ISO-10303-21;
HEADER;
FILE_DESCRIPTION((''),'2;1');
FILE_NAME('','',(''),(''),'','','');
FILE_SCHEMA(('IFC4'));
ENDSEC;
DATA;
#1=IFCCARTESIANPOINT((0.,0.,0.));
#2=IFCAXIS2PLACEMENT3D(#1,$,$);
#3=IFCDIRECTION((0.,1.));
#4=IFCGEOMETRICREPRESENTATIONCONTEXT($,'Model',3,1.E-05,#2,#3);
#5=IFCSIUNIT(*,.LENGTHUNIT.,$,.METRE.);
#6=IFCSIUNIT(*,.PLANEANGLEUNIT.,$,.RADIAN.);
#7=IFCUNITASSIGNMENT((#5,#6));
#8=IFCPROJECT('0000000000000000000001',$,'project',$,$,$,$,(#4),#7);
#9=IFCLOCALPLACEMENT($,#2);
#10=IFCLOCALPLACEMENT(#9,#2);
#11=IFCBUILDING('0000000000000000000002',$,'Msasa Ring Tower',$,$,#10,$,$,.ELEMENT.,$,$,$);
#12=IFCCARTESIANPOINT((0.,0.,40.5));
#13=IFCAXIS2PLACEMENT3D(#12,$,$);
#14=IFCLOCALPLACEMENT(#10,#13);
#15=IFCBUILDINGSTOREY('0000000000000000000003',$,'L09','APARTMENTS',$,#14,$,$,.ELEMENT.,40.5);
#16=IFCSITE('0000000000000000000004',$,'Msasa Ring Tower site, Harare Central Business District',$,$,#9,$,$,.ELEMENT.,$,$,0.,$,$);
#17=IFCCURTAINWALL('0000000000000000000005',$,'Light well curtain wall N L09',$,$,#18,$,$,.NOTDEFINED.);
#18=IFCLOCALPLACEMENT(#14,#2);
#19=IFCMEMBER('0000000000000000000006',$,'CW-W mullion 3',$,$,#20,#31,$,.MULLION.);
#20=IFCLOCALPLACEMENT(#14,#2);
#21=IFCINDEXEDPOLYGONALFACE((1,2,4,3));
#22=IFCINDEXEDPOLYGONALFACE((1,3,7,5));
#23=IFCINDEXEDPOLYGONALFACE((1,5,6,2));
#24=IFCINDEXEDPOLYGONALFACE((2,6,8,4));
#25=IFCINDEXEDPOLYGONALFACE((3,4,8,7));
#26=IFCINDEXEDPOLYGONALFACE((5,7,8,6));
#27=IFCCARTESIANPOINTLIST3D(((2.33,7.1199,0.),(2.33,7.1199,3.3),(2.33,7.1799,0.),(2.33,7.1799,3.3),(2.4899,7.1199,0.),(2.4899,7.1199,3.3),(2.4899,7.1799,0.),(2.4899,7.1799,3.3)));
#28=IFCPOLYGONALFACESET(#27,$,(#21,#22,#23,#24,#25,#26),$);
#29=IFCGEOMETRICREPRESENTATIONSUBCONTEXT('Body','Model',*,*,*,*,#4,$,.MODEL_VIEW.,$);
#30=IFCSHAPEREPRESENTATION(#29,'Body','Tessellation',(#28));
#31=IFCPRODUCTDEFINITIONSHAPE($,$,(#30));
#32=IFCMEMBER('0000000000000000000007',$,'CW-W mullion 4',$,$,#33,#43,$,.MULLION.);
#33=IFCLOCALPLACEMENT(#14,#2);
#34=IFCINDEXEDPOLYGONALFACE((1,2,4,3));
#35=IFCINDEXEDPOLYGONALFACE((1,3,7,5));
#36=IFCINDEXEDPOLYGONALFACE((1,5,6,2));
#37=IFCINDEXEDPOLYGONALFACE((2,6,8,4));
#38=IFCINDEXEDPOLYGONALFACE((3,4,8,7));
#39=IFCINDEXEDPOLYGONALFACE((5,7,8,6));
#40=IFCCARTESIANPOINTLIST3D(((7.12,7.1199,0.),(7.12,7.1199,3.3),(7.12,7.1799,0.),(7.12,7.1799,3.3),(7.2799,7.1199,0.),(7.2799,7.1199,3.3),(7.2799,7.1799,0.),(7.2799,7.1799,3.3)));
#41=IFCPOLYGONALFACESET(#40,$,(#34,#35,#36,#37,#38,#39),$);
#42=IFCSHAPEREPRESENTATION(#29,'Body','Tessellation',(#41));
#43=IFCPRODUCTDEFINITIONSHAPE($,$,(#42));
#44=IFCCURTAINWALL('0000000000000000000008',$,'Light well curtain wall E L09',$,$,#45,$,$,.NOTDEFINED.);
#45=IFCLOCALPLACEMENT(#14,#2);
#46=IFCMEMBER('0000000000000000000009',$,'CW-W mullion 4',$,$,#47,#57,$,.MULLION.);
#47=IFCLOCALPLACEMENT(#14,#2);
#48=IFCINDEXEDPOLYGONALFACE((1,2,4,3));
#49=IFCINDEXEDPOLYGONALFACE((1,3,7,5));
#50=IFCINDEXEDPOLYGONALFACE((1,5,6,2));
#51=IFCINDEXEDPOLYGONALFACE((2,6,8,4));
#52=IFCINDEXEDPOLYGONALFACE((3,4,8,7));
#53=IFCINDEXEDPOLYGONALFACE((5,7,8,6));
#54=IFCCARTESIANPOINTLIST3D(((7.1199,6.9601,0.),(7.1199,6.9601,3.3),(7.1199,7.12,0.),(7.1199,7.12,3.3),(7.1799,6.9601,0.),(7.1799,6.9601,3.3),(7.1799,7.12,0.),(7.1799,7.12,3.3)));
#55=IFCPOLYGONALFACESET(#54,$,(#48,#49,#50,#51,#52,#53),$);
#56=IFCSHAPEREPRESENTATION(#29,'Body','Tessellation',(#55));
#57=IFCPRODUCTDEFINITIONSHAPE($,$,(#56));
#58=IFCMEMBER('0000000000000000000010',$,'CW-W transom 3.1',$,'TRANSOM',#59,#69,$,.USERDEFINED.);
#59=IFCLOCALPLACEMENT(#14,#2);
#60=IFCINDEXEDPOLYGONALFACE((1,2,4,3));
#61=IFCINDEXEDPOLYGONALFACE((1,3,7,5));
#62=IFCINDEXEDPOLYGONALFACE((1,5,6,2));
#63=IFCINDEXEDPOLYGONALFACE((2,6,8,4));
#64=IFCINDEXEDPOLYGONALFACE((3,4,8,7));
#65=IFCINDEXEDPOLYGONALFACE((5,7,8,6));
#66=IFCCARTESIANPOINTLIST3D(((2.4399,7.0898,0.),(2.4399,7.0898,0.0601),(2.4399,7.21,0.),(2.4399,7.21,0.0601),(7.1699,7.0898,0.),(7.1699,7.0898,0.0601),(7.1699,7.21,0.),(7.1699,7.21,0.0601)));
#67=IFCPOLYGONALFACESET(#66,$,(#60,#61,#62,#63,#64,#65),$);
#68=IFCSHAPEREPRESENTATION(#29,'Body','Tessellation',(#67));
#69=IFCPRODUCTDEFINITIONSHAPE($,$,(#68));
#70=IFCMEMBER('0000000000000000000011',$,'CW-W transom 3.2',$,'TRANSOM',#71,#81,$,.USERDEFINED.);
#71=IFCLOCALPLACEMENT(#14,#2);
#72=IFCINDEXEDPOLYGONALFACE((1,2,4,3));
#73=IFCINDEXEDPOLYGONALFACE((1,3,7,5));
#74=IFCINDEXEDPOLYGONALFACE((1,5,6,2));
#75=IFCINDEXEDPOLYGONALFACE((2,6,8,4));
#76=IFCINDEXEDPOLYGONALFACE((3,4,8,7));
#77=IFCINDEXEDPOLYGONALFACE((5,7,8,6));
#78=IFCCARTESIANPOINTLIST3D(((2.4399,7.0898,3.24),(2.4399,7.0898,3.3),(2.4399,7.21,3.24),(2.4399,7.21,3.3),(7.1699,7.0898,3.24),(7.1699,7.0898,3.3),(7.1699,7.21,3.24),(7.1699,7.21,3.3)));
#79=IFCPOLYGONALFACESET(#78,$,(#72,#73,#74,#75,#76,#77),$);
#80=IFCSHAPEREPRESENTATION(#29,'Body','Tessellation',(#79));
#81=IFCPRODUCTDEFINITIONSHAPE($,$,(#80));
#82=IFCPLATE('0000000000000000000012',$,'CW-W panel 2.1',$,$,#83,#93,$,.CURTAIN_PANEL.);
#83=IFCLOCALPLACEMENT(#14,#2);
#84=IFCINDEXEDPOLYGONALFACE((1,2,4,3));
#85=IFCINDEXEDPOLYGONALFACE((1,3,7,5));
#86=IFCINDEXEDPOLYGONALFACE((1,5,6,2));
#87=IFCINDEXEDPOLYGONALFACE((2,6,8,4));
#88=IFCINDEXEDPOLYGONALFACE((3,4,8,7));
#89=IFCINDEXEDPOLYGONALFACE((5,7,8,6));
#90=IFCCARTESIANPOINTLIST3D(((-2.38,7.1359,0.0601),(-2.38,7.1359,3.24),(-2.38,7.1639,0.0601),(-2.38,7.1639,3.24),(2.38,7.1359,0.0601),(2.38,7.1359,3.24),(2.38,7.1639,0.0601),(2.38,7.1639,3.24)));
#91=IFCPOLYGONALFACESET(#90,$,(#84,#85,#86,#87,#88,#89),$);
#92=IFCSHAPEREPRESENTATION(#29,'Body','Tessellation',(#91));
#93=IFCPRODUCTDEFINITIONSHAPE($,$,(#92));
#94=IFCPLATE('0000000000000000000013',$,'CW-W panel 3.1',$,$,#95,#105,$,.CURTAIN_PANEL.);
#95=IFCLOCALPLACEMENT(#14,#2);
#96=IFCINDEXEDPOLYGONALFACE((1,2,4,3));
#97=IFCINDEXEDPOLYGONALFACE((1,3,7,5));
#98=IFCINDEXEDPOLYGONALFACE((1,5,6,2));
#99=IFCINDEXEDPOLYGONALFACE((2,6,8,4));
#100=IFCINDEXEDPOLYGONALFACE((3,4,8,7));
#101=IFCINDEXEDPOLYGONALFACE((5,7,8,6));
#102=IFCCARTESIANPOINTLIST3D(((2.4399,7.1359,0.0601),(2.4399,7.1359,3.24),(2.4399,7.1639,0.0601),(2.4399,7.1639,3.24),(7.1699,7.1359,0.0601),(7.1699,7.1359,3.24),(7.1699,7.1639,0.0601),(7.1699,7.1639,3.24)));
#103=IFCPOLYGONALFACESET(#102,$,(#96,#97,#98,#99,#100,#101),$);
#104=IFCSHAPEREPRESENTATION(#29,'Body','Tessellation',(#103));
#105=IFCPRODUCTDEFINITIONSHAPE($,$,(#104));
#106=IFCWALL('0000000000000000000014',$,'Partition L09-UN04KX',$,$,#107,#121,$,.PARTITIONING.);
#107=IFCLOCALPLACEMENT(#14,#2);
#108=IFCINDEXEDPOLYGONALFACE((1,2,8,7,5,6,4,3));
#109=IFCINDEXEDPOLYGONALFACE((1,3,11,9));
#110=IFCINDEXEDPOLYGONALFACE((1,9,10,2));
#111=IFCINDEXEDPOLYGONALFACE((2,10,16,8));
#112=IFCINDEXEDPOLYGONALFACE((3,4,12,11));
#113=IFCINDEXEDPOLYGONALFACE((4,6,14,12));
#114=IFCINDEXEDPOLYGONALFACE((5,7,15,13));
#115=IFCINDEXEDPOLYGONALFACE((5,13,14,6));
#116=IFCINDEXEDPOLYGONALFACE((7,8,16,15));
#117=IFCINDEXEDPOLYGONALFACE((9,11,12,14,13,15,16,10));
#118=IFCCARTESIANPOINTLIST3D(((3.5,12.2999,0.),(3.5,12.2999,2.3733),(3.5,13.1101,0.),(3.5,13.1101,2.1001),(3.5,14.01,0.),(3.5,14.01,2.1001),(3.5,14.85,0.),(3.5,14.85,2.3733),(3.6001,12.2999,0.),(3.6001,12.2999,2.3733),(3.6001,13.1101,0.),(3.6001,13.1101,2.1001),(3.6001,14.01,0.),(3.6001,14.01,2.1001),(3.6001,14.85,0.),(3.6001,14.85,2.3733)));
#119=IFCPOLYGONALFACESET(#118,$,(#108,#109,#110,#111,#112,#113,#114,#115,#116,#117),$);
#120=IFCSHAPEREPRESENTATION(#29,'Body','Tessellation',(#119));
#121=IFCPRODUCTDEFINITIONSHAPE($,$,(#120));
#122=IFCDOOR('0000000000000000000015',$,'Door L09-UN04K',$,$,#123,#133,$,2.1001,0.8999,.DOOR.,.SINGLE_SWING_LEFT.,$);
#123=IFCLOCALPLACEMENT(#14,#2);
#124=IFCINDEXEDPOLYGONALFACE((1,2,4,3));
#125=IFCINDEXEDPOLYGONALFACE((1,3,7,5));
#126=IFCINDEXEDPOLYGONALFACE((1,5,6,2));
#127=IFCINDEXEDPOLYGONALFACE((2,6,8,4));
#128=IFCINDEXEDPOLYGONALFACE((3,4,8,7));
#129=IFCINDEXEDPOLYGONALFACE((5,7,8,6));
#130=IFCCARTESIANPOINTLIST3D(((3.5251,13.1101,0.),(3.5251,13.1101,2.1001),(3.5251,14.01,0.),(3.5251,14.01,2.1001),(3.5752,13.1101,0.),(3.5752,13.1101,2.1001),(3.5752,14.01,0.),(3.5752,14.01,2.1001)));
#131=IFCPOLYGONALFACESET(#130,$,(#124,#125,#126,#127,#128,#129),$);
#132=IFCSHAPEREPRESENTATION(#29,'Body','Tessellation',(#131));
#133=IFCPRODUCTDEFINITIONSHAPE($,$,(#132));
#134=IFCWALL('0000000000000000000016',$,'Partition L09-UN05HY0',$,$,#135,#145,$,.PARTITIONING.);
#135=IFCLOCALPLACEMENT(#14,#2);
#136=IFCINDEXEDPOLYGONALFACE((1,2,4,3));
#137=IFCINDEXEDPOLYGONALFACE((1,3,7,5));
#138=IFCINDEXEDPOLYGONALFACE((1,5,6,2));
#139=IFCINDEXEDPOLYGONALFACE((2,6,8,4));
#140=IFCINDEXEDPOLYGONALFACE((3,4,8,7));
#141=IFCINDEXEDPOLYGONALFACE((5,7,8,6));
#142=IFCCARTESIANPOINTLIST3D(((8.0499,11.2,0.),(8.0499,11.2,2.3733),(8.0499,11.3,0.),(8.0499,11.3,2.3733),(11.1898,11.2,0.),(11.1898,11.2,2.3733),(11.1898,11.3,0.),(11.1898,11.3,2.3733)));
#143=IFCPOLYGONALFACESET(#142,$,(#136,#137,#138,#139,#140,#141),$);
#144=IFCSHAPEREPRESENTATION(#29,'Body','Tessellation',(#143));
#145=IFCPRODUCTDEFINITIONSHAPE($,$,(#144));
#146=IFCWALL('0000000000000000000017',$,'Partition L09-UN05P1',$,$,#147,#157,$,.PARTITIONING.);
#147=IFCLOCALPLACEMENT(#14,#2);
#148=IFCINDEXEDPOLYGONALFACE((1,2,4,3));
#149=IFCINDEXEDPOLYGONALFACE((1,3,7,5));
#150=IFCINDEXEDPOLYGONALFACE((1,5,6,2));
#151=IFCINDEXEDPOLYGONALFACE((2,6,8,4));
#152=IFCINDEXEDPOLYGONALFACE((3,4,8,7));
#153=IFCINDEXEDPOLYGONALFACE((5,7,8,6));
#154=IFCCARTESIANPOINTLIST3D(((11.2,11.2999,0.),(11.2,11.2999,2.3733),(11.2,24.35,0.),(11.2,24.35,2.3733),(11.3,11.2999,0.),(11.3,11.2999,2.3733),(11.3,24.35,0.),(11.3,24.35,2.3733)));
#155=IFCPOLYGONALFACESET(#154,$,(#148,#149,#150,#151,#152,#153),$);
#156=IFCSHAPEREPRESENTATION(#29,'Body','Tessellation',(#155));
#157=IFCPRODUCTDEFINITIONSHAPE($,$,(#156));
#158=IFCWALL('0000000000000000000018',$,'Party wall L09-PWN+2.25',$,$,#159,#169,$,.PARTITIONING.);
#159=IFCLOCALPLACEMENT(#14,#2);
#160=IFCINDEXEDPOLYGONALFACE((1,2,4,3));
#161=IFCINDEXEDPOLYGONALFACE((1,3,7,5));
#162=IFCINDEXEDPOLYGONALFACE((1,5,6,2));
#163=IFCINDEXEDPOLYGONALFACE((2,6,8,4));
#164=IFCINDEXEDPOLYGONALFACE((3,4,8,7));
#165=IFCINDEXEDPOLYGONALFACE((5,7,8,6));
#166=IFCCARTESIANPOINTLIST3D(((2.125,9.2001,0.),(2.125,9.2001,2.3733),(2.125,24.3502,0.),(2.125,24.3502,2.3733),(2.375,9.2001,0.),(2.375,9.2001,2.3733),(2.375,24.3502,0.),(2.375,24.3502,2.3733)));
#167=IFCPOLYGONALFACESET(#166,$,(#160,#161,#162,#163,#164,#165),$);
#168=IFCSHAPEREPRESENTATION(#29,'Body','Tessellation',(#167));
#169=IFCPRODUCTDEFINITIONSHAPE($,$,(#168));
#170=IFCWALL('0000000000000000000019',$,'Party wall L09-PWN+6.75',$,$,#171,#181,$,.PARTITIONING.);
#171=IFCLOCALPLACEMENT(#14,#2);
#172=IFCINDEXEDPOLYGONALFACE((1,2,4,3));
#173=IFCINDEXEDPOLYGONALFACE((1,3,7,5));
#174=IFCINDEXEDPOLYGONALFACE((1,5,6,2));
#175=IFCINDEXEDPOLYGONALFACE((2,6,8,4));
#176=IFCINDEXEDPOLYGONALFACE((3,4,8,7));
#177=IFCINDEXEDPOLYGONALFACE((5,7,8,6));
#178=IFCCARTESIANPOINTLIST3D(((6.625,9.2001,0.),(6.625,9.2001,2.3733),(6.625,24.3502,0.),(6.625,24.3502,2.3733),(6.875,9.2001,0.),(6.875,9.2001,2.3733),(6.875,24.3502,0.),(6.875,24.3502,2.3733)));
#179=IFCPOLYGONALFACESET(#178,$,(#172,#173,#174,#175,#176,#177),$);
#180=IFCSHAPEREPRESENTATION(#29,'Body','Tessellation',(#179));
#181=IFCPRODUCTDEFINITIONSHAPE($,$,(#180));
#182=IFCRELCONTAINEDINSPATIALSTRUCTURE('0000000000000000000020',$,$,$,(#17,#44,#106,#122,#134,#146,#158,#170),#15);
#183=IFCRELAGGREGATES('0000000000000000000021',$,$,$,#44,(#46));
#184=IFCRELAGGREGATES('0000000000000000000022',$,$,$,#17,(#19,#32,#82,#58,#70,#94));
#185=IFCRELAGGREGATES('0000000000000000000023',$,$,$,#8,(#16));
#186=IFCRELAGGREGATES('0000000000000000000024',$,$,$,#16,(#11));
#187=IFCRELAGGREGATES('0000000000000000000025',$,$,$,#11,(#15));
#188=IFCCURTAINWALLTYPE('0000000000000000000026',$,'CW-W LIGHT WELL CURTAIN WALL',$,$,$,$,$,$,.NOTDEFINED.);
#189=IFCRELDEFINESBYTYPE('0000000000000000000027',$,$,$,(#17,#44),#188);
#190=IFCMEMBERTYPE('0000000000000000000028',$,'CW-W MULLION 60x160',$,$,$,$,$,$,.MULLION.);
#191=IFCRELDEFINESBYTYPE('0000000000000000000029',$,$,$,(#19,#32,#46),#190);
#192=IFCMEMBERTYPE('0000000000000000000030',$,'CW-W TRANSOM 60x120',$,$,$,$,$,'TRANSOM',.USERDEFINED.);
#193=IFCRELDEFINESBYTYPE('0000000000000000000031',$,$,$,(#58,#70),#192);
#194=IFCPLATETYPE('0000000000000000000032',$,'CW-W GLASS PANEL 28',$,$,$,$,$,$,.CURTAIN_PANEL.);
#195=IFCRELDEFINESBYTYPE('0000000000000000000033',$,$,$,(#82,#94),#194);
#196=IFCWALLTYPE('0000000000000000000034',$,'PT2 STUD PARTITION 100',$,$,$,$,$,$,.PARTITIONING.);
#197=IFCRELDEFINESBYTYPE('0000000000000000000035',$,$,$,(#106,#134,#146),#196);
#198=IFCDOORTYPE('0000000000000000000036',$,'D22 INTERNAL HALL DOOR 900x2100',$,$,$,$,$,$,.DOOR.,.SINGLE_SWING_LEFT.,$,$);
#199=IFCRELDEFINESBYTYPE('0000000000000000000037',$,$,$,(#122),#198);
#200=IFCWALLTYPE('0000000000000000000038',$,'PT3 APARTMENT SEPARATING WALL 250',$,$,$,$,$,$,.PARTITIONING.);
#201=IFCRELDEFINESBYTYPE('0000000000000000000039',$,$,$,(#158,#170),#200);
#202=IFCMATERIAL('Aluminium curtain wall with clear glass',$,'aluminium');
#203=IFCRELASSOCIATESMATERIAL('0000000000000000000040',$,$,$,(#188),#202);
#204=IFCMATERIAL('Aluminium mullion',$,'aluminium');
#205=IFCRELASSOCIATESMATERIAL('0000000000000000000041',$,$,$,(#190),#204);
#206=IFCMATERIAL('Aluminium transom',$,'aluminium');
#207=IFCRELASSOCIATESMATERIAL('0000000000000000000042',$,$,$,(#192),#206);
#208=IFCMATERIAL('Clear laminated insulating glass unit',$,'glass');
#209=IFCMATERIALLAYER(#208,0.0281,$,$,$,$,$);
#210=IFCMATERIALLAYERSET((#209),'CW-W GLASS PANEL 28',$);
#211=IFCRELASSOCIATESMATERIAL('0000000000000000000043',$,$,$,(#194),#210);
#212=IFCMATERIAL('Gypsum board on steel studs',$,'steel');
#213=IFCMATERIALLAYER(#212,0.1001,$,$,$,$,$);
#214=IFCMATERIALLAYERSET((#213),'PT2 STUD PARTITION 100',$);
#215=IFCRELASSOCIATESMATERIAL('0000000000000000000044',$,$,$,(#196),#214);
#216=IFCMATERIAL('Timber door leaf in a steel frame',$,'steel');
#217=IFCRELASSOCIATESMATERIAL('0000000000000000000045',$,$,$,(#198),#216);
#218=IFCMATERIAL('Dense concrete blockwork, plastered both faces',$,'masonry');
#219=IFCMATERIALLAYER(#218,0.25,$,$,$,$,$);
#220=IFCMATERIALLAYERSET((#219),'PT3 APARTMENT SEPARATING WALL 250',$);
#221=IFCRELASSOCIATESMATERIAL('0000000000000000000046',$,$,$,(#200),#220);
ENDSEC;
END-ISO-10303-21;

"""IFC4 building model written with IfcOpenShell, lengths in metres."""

from ifc_helpers import new_model, si_unit, direction, frame, frame_2d, origin, origin_2d, place, context, subcontext, project, spatial, rectangle, extrude, material, layer, layer_set, material_profile, profile_set, type_object, element, fill, aggregate, save


model = new_model("IFC4")

# Units and contexts
model_context = context("Model", 3, precision=1e-05, world=origin(), true_north=direction((0.0, 1.0)))
body_context = subcontext(model_context, "Body", "Model", "MODEL_VIEW")
ifc_project = project(units=[si_unit("LENGTHUNIT", "METRE"), si_unit("PLANEANGLEUNIT", "RADIAN")], contexts=[model_context])

# Site, building, storey
site_placement = place(None, origin())
site = spatial("IfcSite", under=ifc_project, at=site_placement, Name="Msasa Ring Tower site, Harare Central Business District", CompositionType="ELEMENT", RefElevation=0.0)
building_placement = place(site_placement, origin())
building = spatial("IfcBuilding", under=site, at=building_placement, Name="Msasa Ring Tower", CompositionType="ELEMENT")
storey_placement = place(building_placement, frame((0.0, 0.0, 40.5)))
storey = spatial("IfcBuildingStorey", under=building, at=storey_placement, Name="L09", Description="APARTMENTS", CompositionType="ELEMENT", Elevation=40.5)

# Curtain wall, members
ifc_material_1 = material(Name="Aluminium curtain wall with clear glass", Category="aluminium")
curtain_wall_type = type_object("IfcCurtainWallType", Name="CW-W LIGHT WELL CURTAIN WALL", PredefinedType="NOTDEFINED", material=ifc_material_1)
curtain_wall_1_placement = place(storey_placement, origin())
curtain_wall_1 = element("IfcCurtainWall", 1, at=curtain_wall_1_placement, inside=storey, type_object=curtain_wall_type, Name="Light well curtain wall N L09", PredefinedType="NOTDEFINED")
ifc_material_2 = material(Name="Aluminium mullion", Category="aluminium")
ifc_material_profile_1 = material_profile(ifc_material_2, rectangle(XDim=0.0601, YDim=0.1599, at=origin_2d()), Name="AL 60x160")
ifc_profile_set_1 = profile_set([ifc_material_profile_1], Name="Aluminium mullion")
member_type_1 = type_object("IfcMemberType", Name="CW-W MULLION 60x160", PredefinedType="MULLION", material=ifc_profile_set_1)
member_1_placement = place(storey_placement, frame((2.4099, 7.1499, 0.0), z_axis=(0.0, 0.0, 1.0), x_axis=(0.0, 1.0, 0.0)))
member_1 = element("IfcMember", 2, at=member_1_placement, type_object=member_type_1, Name="CW-W mullion 3", PredefinedType="MULLION", context=body_context, shape_type="SweptSolid", body=[
    extrude(rectangle(XDim=0.0601, YDim=0.1599, at=origin_2d()), origin(), (0.0, 0.0, 1.0), 3.3),
])
member_2_placement = place(storey_placement, frame((7.2, 7.1499, 0.0), z_axis=(0.0, 0.0, 1.0), x_axis=(0.0, 1.0, 0.0)))
member_2 = element("IfcMember", 3, at=member_2_placement, type_object=member_type_1, Name="CW-W mullion 4", PredefinedType="MULLION", context=body_context, shape_type="SweptSolid", body=[
    extrude(rectangle(XDim=0.0601, YDim=0.1599, at=origin_2d()), origin(), (0.0, 0.0, 1.0), 3.3),
])

# Curtain wall, member
curtain_wall_2_placement = place(storey_placement, origin())
curtain_wall_2 = element("IfcCurtainWall", 4, at=curtain_wall_2_placement, inside=storey, type_object=curtain_wall_type, Name="Light well curtain wall E L09", PredefinedType="NOTDEFINED")
member_3_placement = place(storey_placement, frame((7.1499, 7.04, 0.0), z_axis=(0.0, 0.0, 1.0), x_axis=(-1.0, 0.0, 0.0)))
member_3 = element("IfcMember", 5, at=member_3_placement, type_object=member_type_1, Name="CW-W mullion 4", PredefinedType="MULLION", context=body_context, shape_type="SweptSolid", body=[
    extrude(rectangle(XDim=0.0601, YDim=0.1599, at=origin_2d()), origin(), (0.0, 0.0, 1.0), 3.3),
])
aggregate(curtain_wall_2, [member_3])

# Members
ifc_material_3 = material(Name="Aluminium transom", Category="aluminium")
ifc_material_profile_2 = material_profile(ifc_material_3, rectangle(XDim=0.1201, YDim=0.0601, at=origin_2d()), Name="AL 60x120")
ifc_profile_set_2 = profile_set([ifc_material_profile_2], Name="Aluminium transom")
member_type_2 = type_object("IfcMemberType", Name="CW-W TRANSOM 60x120", ElementType="TRANSOM", PredefinedType="USERDEFINED", material=ifc_profile_set_2)
member_4_placement = place(storey_placement, frame((2.4399, 7.1499, 0.03), z_axis=(1.0, 0.0, 0.0), x_axis=(0.0, 1.0, 0.0)))
member_4 = element("IfcMember", 6, at=member_4_placement, type_object=member_type_2, Name="CW-W transom 3.1", ObjectType="TRANSOM", PredefinedType="USERDEFINED", context=body_context, shape_type="SweptSolid", body=[
    extrude(rectangle(XDim=0.1201, YDim=0.0601, at=origin_2d()), origin(), (0.0, 0.0, 1.0), 4.73),
])
member_5_placement = place(storey_placement, frame((2.4399, 7.1499, 3.27), z_axis=(1.0, 0.0, 0.0), x_axis=(0.0, 1.0, 0.0)))
member_5 = element("IfcMember", 7, at=member_5_placement, type_object=member_type_2, Name="CW-W transom 3.2", ObjectType="TRANSOM", PredefinedType="USERDEFINED", context=body_context, shape_type="SweptSolid", body=[
    extrude(rectangle(XDim=0.1201, YDim=0.0601, at=origin_2d()), origin(), (0.0, 0.0, 1.0), 4.73),
])

# Plates
ifc_material_4 = material(Name="Clear laminated insulating glass unit", Category="glass")
ifc_layer_1 = layer(ifc_material_4, 0.0281)
ifc_layer_set_1 = layer_set([ifc_layer_1], Name="CW-W GLASS PANEL 28")
plate_type = type_object("IfcPlateType", Name="CW-W GLASS PANEL 28", PredefinedType="CURTAIN_PANEL", material=ifc_layer_set_1)
plate_1_placement = place(storey_placement, frame((0.0, 7.1499, 0.0601), z_axis=(0.0, 0.0, 1.0), x_axis=(1.0, 0.0, 0.0)))
plate_1 = element("IfcPlate", 8, at=plate_1_placement, type_object=plate_type, Name="CW-W panel 2.1", PredefinedType="CURTAIN_PANEL", context=body_context, shape_type="SweptSolid", body=[
    extrude(rectangle(XDim=4.76, YDim=0.0281, at=origin_2d()), origin(), (0.0, 0.0, 1.0), 3.1799),
])
plate_2_placement = place(storey_placement, frame((4.8049, 7.1499, 0.0601), z_axis=(0.0, 0.0, 1.0), x_axis=(1.0, 0.0, 0.0)))
plate_2 = element("IfcPlate", 9, at=plate_2_placement, type_object=plate_type, Name="CW-W panel 3.1", PredefinedType="CURTAIN_PANEL", context=body_context, shape_type="SweptSolid", body=[
    extrude(rectangle(XDim=4.73, YDim=0.0281, at=origin_2d()), origin(), (0.0, 0.0, 1.0), 3.1799),
])
aggregate(curtain_wall_1, [member_1, member_2, plate_1, member_4, member_5, plate_2])

# Wall, opening, door
ifc_material_5 = material(Name="Gypsum board on steel studs", Category="steel")
ifc_layer_2 = layer(ifc_material_5, 0.1001)
ifc_layer_set_2 = layer_set([ifc_layer_2], Name="PT2 STUD PARTITION 100")
wall_type_1 = type_object("IfcWallType", Name="PT2 STUD PARTITION 100", PredefinedType="PARTITIONING", material=ifc_layer_set_2)
wall_1_placement = place(storey_placement, frame((3.55, 12.3, 0.0), z_axis=(0.0, 0.0, 1.0), x_axis=(0.0, 1.0, 0.0)))
wall_1 = element("IfcWall", 10, at=wall_1_placement, inside=storey, type_object=wall_type_1, Name="Partition L09-UN04KX", PredefinedType="PARTITIONING", context=body_context, shape_type="SweptSolid", body=[
    extrude(rectangle(XDim=2.55, YDim=0.1001, at=frame_2d((1.2749, 0.0))), origin(), (0.0, 0.0, 1.0), 2.3733),
])
opening_1_placement = place(wall_1_placement, frame((0.8101, 0.0, 0.0)))
opening_1 = element("IfcOpeningElement", 11, at=opening_1_placement, cuts=wall_1, PredefinedType="OPENING", context=body_context, shape_type="SweptSolid", body=[
    extrude(rectangle(XDim=0.8999, YDim=2.1001, at=frame_2d((0.45, 1.05))), frame((0.0, 0.0601, 0.0), z_axis=(0.0, -1.0, 0.0), x_axis=(1.0, 0.0, 0.0)), (0.0, 0.0, 1.0), 0.1201),
])
ifc_material_6 = material(Name="Timber door leaf in a steel frame", Category="steel")
door_type_1 = type_object("IfcDoorType", Name="D22 INTERNAL HALL DOOR 900x2100", OperationType="SINGLE_SWING_LEFT", PredefinedType="DOOR", material=ifc_material_6)
door_1_placement = place(opening_1_placement, origin())
door_1 = element("IfcDoor", 12, at=door_1_placement, inside=storey, type_object=door_type_1, Name="Door L09-UN04K", OperationType="SINGLE_SWING_LEFT", OverallHeight=2.1001, OverallWidth=0.8999, PredefinedType="DOOR", context=body_context, shape_type="SweptSolid", body=[
    extrude(rectangle(XDim=0.8999, YDim=2.1001, at=frame_2d((0.45, 1.05))), frame((0.0, 0.0249, 0.0), z_axis=(0.0, -1.0, 0.0), x_axis=(1.0, 0.0, 0.0)), (0.0, 0.0, 1.0), 0.05),
])
fill(opening_1, door_1)

# Walls
wall_2_placement = place(storey_placement, frame((8.05, 11.25, 0.0), z_axis=(0.0, 0.0, 1.0), x_axis=(1.0, 0.0, 0.0)))
element("IfcWall", 13, at=wall_2_placement, inside=storey, type_object=wall_type_1, Name="Partition L09-UN05HY0", PredefinedType="PARTITIONING", context=body_context, shape_type="SweptSolid", body=[
    extrude(rectangle(XDim=3.1399, YDim=0.1001, at=frame_2d((1.5698, 0.0))), origin(), (0.0, 0.0, 1.0), 2.3733),
])
wall_3_placement = place(storey_placement, frame((11.25, 11.3, 0.0), z_axis=(0.0, 0.0, 1.0), x_axis=(0.0, 1.0, 0.0)))
element("IfcWall", 14, at=wall_3_placement, inside=storey, type_object=wall_type_1, Name="Partition L09-UN05P1", PredefinedType="PARTITIONING", context=body_context, shape_type="SweptSolid", body=[
    extrude(rectangle(XDim=13.05, YDim=0.1001, at=frame_2d((6.5249, 0.0))), origin(), (0.0, 0.0, 1.0), 2.3733),
])
ifc_material_7 = material(Name="Dense concrete blockwork, plastered both faces", Category="masonry")
ifc_layer_3 = layer(ifc_material_7, 0.25)
ifc_layer_set_3 = layer_set([ifc_layer_3], Name="PT3 APARTMENT SEPARATING WALL 250")
wall_type_2 = type_object("IfcWallType", Name="PT3 APARTMENT SEPARATING WALL 250", PredefinedType="PARTITIONING", material=ifc_layer_set_3)
for number, where, z_axis, x_axis, name in (
    (15, (2.25, 9.2, 0.0), (0.0, 0.0, 1.0), (0.0, 1.0, 0.0), "Party wall L09-PWN+2.25"),
    (16, (6.75, 9.2, 0.0), (0.0, 0.0, 1.0), (0.0, 1.0, 0.0), "Party wall L09-PWN+6.75"),
):
    element("IfcWall", number, at=place(storey_placement, frame(where, z_axis=z_axis, x_axis=x_axis)), inside=storey, type_object=wall_type_2, Name=name, PredefinedType="PARTITIONING", context=body_context, shape_type="SweptSolid", body=[
        extrude(rectangle(XDim=15.1501, YDim=0.25, at=frame_2d((7.5752, 0.0))), origin(), (0.0, 0.0, 1.0), 2.3733),
    ])

save(model, "model.ifc")
